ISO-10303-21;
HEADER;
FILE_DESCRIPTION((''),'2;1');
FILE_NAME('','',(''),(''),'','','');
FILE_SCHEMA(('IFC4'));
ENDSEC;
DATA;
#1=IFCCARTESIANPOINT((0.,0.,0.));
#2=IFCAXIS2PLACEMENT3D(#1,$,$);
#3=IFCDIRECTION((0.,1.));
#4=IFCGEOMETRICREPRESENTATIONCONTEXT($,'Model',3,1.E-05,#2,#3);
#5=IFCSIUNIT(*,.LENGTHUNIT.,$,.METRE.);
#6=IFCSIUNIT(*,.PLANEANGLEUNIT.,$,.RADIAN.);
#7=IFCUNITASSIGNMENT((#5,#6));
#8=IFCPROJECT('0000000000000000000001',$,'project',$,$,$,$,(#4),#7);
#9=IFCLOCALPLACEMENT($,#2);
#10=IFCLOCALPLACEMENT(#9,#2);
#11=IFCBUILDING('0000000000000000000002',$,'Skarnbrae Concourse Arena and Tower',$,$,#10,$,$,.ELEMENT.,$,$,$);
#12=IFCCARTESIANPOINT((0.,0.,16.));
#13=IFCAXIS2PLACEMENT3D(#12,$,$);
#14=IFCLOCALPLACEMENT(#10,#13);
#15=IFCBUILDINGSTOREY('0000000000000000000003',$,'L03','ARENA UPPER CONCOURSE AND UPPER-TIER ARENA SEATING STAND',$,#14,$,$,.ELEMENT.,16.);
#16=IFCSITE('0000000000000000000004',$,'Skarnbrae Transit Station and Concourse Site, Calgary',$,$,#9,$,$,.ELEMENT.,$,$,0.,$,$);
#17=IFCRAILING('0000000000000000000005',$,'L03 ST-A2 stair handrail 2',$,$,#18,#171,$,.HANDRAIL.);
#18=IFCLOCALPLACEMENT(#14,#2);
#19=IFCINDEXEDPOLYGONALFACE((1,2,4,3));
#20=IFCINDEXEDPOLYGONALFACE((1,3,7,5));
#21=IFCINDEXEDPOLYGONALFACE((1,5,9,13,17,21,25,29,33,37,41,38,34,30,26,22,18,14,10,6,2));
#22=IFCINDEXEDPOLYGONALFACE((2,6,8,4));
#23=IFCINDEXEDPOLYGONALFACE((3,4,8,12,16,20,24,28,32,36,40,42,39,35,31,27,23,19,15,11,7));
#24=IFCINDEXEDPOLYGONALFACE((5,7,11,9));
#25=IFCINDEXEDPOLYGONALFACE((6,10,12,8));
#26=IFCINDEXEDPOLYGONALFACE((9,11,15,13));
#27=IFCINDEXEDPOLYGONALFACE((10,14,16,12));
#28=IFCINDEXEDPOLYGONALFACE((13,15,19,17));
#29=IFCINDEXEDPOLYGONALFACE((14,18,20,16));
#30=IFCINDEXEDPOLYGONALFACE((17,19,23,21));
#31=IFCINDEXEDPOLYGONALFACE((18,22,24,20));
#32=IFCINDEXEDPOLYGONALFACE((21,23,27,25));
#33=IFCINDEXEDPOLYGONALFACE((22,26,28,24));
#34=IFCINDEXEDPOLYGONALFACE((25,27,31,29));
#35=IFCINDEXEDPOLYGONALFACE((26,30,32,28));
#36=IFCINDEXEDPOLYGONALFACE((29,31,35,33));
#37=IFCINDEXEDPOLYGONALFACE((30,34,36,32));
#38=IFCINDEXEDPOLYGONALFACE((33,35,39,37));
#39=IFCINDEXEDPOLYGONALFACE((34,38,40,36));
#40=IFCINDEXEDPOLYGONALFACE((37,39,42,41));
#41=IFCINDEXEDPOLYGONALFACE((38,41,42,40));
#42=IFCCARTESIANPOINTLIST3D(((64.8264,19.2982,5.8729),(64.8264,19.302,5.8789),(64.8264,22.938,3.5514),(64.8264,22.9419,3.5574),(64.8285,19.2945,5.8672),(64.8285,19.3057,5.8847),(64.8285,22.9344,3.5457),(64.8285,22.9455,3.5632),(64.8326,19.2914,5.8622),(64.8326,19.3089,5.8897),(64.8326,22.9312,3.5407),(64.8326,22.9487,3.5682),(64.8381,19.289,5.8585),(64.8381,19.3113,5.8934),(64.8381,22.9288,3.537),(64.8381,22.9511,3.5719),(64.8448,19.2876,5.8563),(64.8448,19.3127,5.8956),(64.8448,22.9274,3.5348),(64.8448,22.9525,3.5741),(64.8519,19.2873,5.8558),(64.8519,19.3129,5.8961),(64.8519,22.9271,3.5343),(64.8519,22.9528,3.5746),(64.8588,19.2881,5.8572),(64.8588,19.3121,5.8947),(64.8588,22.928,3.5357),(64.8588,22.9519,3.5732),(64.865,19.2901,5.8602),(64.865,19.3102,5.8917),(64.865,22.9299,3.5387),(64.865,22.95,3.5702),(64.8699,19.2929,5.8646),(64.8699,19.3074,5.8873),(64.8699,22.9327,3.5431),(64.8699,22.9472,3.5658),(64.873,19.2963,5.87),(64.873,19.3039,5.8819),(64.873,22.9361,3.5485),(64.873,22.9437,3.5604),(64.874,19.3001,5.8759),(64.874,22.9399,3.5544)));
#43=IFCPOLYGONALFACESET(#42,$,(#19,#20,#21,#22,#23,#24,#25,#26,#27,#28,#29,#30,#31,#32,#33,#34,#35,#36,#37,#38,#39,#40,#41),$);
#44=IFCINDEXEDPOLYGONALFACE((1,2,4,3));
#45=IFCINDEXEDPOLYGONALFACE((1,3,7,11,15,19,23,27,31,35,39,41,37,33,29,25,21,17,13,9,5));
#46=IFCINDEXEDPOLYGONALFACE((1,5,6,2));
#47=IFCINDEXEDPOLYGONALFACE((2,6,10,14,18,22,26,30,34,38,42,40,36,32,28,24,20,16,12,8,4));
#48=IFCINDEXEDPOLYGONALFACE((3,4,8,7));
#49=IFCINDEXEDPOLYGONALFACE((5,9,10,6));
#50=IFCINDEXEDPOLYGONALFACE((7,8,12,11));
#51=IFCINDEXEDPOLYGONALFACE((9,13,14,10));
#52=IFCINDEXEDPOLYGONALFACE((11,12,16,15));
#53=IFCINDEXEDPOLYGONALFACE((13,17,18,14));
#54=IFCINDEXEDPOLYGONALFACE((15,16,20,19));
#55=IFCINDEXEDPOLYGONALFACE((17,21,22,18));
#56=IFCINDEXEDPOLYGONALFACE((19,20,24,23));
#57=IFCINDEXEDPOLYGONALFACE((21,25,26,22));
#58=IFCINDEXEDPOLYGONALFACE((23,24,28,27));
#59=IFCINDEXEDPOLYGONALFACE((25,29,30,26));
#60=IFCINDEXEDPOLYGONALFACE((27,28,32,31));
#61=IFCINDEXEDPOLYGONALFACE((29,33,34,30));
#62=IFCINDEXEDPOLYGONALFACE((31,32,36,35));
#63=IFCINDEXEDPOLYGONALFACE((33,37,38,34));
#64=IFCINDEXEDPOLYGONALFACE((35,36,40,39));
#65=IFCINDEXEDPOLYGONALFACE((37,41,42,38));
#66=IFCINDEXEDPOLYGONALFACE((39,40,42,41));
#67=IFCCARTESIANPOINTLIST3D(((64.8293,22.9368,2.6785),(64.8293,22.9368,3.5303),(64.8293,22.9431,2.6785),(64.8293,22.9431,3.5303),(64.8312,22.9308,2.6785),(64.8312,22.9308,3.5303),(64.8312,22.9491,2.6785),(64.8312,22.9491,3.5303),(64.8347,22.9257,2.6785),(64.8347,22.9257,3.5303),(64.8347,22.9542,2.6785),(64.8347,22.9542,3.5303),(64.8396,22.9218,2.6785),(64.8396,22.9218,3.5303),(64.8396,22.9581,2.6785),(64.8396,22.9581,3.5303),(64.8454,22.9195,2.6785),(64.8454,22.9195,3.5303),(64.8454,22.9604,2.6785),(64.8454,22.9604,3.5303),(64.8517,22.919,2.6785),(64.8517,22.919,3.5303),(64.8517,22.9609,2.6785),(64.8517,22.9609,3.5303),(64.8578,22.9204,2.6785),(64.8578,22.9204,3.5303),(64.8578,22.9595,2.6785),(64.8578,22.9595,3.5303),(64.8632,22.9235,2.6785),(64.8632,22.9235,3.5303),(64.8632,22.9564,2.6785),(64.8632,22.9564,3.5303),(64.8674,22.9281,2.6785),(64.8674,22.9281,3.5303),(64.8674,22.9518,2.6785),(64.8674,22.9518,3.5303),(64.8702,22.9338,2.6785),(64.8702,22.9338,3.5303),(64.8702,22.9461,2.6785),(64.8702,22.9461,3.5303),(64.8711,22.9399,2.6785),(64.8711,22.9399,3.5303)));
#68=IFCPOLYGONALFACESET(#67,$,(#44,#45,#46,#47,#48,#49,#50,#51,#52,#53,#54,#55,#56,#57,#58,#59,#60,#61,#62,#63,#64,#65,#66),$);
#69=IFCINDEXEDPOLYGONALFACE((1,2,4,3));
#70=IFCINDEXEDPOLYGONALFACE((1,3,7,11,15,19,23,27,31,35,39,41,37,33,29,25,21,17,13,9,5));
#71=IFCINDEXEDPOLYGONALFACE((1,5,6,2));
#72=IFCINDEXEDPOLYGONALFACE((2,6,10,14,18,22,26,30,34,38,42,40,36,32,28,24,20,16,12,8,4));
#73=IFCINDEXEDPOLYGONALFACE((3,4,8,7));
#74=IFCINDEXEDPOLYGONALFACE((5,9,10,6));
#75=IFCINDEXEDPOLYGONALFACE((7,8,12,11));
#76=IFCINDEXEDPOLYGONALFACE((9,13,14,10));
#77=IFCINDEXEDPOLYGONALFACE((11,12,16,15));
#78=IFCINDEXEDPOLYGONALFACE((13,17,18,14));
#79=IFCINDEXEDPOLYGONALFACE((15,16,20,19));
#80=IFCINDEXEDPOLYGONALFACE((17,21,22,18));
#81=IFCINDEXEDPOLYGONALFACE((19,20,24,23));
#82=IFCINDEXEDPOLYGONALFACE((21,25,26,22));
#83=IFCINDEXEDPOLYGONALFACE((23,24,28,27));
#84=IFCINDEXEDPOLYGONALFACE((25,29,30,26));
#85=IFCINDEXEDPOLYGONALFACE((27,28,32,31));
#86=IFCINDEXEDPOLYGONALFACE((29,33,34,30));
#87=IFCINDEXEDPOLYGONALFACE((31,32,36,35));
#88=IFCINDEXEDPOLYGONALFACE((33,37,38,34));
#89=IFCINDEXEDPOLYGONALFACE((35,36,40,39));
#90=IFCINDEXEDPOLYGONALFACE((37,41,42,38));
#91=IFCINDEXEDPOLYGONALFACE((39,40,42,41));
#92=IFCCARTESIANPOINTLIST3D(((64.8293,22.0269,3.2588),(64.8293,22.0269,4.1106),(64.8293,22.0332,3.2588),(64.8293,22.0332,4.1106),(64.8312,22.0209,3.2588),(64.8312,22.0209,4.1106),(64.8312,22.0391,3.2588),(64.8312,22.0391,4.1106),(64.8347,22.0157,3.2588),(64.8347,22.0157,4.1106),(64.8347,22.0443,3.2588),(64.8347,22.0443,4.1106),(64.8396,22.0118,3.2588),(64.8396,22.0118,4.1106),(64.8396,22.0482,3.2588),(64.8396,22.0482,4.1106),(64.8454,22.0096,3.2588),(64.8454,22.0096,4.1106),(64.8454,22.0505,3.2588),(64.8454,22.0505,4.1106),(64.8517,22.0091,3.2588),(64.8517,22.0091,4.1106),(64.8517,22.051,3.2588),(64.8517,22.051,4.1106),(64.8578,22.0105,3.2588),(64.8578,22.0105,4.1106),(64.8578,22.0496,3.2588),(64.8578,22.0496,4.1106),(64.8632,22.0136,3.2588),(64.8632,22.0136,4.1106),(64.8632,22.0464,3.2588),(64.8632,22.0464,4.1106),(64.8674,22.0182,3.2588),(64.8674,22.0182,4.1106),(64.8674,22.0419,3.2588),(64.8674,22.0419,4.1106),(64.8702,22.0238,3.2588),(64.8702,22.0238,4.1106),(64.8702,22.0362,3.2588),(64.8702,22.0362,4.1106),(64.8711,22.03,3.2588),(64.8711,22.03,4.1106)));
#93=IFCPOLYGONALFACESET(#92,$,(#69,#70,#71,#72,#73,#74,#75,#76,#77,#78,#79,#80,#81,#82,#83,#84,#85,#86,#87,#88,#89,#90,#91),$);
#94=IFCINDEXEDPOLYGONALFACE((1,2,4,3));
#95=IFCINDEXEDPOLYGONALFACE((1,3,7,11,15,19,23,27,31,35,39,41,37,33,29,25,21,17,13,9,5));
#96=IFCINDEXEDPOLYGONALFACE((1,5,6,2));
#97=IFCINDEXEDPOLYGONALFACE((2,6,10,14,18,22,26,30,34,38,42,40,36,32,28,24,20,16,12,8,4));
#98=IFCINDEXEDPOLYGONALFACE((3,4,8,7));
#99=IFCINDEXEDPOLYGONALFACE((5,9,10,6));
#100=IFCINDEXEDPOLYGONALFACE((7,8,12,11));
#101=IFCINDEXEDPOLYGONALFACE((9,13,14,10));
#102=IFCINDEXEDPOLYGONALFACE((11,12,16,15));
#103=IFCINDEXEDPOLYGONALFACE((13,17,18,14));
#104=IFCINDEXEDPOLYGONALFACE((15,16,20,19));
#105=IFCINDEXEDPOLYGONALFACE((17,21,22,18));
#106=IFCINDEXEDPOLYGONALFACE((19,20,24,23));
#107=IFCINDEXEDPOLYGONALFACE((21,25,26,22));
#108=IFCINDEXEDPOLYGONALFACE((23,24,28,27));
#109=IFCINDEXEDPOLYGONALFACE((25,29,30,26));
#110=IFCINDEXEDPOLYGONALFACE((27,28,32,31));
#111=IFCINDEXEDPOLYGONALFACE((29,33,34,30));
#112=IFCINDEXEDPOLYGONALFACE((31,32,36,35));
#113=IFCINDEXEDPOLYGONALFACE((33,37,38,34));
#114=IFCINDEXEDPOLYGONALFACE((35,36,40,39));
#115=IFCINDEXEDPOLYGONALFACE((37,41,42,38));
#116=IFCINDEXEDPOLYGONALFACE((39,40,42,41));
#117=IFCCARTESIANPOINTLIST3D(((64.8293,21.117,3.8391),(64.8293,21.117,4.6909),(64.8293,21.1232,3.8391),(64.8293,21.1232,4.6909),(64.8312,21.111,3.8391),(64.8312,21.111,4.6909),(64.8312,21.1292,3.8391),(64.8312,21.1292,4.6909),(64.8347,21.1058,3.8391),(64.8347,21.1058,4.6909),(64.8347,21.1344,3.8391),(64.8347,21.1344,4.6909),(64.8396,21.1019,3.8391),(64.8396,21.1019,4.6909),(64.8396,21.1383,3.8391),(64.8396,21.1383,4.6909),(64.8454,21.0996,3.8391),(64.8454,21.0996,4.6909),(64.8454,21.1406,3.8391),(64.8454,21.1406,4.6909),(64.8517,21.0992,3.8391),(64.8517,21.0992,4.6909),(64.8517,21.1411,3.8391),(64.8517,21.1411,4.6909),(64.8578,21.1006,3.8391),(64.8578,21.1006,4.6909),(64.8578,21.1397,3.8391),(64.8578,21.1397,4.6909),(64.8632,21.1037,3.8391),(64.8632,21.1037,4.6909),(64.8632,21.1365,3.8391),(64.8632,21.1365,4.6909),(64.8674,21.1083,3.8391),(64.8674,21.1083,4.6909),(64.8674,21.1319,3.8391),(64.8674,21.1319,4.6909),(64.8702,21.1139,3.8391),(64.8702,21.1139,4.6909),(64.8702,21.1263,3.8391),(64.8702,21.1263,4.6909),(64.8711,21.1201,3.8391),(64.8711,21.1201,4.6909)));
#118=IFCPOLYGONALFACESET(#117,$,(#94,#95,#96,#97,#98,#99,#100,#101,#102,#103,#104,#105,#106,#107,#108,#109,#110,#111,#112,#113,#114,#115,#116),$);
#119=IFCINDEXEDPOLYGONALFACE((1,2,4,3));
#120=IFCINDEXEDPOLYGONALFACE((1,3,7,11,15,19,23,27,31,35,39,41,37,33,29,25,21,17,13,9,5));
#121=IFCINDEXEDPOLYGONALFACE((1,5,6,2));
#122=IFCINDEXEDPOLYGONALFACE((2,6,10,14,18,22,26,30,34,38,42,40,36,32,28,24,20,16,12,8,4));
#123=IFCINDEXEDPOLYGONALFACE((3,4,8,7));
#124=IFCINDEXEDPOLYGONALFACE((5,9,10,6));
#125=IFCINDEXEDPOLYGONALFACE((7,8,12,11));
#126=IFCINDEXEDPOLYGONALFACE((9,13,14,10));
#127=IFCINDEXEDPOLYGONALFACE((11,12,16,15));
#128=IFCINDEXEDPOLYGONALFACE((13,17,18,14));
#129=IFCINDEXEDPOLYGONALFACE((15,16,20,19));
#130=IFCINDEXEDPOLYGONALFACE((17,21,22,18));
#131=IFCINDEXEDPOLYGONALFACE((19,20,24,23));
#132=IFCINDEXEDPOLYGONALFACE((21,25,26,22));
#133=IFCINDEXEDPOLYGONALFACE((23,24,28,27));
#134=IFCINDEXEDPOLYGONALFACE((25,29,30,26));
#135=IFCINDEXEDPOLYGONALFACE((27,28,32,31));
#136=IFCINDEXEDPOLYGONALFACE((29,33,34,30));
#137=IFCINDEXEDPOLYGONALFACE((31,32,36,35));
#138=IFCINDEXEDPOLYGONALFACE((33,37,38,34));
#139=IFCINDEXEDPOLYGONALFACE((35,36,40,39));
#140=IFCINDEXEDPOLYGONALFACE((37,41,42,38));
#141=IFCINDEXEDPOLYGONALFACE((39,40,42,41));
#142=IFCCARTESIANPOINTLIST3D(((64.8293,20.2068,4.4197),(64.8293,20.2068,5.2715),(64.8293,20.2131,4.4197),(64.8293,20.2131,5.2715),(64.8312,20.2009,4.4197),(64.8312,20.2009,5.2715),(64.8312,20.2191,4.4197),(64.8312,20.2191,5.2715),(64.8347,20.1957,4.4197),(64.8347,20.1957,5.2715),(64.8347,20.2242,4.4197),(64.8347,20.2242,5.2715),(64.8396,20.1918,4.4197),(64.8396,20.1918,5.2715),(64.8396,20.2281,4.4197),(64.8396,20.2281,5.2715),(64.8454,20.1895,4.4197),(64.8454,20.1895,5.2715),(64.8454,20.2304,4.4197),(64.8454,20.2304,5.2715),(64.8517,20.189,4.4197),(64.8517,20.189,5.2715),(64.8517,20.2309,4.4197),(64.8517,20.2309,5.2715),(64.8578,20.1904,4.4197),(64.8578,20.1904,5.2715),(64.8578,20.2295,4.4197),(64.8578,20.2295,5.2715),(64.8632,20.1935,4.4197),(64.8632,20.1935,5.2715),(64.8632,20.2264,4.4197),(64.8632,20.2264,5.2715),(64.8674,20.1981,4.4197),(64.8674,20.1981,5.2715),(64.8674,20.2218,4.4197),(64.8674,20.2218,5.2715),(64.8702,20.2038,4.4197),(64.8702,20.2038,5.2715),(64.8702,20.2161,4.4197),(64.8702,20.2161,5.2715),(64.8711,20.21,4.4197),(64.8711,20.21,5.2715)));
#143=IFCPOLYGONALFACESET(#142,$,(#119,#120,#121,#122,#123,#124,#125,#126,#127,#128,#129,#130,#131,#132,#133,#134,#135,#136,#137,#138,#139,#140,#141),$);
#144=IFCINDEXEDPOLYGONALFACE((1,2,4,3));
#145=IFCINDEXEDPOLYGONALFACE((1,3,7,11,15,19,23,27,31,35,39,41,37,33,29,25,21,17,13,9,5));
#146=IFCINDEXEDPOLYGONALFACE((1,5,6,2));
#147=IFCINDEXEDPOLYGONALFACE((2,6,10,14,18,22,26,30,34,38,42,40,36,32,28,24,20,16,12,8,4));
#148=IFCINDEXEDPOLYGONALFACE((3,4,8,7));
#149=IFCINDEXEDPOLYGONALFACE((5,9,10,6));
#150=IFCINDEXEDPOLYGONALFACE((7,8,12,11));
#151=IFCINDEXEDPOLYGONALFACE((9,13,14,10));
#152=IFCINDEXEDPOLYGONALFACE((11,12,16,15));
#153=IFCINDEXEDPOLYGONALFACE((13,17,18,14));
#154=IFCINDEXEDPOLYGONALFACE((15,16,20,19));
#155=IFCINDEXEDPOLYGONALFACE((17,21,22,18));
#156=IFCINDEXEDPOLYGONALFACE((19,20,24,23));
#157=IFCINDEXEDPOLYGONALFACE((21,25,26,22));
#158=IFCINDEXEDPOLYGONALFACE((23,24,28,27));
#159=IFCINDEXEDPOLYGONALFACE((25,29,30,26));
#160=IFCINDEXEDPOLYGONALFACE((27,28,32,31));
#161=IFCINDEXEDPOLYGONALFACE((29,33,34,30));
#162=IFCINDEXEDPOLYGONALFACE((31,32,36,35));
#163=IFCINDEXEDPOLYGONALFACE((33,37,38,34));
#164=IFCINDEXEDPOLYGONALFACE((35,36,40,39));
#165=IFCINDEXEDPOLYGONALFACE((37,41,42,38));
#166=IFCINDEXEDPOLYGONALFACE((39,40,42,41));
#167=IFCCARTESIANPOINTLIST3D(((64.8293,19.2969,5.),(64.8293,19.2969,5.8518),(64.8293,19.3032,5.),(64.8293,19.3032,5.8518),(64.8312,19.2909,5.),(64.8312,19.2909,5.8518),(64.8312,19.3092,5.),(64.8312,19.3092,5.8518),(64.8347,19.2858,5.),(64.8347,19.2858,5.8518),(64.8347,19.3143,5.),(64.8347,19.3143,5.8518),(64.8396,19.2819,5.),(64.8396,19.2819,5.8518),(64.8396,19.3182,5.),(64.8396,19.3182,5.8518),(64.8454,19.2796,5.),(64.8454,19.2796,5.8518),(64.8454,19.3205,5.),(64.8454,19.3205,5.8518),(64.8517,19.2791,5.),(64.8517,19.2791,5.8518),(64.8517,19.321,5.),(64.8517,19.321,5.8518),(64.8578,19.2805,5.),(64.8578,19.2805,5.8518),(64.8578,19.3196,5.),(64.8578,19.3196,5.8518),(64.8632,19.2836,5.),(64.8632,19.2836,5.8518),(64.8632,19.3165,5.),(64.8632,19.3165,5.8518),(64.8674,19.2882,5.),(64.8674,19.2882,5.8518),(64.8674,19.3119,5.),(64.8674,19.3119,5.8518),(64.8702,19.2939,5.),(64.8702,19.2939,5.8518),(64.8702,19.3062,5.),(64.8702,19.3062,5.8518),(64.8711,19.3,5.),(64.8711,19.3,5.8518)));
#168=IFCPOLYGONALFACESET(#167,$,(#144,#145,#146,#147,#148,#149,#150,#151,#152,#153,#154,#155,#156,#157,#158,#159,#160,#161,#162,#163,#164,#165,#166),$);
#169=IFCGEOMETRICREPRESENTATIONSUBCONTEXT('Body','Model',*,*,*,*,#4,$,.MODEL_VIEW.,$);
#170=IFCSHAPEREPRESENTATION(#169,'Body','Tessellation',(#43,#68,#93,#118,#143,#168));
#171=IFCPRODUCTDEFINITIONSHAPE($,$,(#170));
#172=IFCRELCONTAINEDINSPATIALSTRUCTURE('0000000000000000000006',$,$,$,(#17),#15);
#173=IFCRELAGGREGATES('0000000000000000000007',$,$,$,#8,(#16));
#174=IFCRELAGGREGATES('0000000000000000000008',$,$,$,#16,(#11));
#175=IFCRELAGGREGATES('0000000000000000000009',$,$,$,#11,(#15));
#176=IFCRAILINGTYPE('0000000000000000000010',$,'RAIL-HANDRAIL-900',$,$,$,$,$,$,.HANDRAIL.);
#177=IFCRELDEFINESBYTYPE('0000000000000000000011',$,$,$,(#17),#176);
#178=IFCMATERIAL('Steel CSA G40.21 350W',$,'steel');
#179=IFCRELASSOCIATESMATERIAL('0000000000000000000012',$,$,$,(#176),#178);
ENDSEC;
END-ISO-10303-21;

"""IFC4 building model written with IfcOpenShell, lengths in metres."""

from ifc_helpers import new_model, si_unit, direction, frame, origin, origin_2d, place, context, subcontext, project, spatial, circle, extrude, material, type_object, element, save


model = new_model("IFC4")

# Units and contexts
model_context = context("Model", 3, precision=1e-05, world=origin(), true_north=direction((0.0, 1.0)))
body_context = subcontext(model_context, "Body", "Model", "MODEL_VIEW")
ifc_project = project(units=[si_unit("LENGTHUNIT", "METRE"), si_unit("PLANEANGLEUNIT", "RADIAN")], contexts=[model_context])

# Site, building, storey
site_placement = place(None, origin())
site = spatial("IfcSite", under=ifc_project, at=site_placement, Name="Skarnbrae Transit Station and Concourse Site, Calgary", CompositionType="ELEMENT", RefElevation=0.0)
building_placement = place(site_placement, origin())
building = spatial("IfcBuilding", under=site, at=building_placement, Name="Skarnbrae Concourse Arena and Tower", CompositionType="ELEMENT")
storey_placement = place(building_placement, frame((0.0, 0.0, 16.0)))
storey = spatial("IfcBuildingStorey", under=building, at=storey_placement, Name="L03", Description="ARENA UPPER CONCOURSE AND UPPER-TIER ARENA SEATING STAND", CompositionType="ELEMENT", Elevation=16.0)

# Shared definitions
ifc_material_1 = material(Name="Steel CSA G40.21 350W", Category="steel")

# Railing
railing_type_1 = type_object("IfcRailingType", Name="RAIL-HANDRAIL-900", PredefinedType="HANDRAIL", material=ifc_material_1)
railing_1_placement = place(storey_placement, frame((64.8501, 22.9399, 2.6785)))
element("IfcRailing", 1, at=railing_1_placement, inside=storey, type_object=railing_type_1, Name="L03 ST-A2 stair handrail 2", PredefinedType="HANDRAIL", context=body_context, shape_type="SweptSolid", body=[
    extrude(circle(Radius=0.0239, at=origin_2d()), frame((0.0, 0.0, 0.876), z_axis=(0.0, -0.843112, 0.537739), x_axis=(1.0, 0.0, 0.0)), (0.0, 0.0, 1.0), 4.3171),
    extrude(circle(Radius=0.021, at=origin_2d()), origin(), (0.0, 0.0, 1.0), 0.8518),
    extrude(circle(Radius=0.021, at=origin_2d()), frame((0.0, -0.9099, 0.5803)), (0.0, 0.0, 1.0), 0.8518),
    extrude(circle(Radius=0.021, at=origin_2d()), frame((0.0, -1.8198, 1.1606)), (0.0, 0.0, 1.0), 0.8518),
    extrude(circle(Radius=0.021, at=origin_2d()), frame((0.0, -2.73, 1.7412)), (0.0, 0.0, 1.0), 0.8518),
    extrude(circle(Radius=0.021, at=origin_2d()), frame((0.0, -3.6399, 2.3215)), (0.0, 0.0, 1.0), 0.8518),
])

save(model, "model.ifc")
